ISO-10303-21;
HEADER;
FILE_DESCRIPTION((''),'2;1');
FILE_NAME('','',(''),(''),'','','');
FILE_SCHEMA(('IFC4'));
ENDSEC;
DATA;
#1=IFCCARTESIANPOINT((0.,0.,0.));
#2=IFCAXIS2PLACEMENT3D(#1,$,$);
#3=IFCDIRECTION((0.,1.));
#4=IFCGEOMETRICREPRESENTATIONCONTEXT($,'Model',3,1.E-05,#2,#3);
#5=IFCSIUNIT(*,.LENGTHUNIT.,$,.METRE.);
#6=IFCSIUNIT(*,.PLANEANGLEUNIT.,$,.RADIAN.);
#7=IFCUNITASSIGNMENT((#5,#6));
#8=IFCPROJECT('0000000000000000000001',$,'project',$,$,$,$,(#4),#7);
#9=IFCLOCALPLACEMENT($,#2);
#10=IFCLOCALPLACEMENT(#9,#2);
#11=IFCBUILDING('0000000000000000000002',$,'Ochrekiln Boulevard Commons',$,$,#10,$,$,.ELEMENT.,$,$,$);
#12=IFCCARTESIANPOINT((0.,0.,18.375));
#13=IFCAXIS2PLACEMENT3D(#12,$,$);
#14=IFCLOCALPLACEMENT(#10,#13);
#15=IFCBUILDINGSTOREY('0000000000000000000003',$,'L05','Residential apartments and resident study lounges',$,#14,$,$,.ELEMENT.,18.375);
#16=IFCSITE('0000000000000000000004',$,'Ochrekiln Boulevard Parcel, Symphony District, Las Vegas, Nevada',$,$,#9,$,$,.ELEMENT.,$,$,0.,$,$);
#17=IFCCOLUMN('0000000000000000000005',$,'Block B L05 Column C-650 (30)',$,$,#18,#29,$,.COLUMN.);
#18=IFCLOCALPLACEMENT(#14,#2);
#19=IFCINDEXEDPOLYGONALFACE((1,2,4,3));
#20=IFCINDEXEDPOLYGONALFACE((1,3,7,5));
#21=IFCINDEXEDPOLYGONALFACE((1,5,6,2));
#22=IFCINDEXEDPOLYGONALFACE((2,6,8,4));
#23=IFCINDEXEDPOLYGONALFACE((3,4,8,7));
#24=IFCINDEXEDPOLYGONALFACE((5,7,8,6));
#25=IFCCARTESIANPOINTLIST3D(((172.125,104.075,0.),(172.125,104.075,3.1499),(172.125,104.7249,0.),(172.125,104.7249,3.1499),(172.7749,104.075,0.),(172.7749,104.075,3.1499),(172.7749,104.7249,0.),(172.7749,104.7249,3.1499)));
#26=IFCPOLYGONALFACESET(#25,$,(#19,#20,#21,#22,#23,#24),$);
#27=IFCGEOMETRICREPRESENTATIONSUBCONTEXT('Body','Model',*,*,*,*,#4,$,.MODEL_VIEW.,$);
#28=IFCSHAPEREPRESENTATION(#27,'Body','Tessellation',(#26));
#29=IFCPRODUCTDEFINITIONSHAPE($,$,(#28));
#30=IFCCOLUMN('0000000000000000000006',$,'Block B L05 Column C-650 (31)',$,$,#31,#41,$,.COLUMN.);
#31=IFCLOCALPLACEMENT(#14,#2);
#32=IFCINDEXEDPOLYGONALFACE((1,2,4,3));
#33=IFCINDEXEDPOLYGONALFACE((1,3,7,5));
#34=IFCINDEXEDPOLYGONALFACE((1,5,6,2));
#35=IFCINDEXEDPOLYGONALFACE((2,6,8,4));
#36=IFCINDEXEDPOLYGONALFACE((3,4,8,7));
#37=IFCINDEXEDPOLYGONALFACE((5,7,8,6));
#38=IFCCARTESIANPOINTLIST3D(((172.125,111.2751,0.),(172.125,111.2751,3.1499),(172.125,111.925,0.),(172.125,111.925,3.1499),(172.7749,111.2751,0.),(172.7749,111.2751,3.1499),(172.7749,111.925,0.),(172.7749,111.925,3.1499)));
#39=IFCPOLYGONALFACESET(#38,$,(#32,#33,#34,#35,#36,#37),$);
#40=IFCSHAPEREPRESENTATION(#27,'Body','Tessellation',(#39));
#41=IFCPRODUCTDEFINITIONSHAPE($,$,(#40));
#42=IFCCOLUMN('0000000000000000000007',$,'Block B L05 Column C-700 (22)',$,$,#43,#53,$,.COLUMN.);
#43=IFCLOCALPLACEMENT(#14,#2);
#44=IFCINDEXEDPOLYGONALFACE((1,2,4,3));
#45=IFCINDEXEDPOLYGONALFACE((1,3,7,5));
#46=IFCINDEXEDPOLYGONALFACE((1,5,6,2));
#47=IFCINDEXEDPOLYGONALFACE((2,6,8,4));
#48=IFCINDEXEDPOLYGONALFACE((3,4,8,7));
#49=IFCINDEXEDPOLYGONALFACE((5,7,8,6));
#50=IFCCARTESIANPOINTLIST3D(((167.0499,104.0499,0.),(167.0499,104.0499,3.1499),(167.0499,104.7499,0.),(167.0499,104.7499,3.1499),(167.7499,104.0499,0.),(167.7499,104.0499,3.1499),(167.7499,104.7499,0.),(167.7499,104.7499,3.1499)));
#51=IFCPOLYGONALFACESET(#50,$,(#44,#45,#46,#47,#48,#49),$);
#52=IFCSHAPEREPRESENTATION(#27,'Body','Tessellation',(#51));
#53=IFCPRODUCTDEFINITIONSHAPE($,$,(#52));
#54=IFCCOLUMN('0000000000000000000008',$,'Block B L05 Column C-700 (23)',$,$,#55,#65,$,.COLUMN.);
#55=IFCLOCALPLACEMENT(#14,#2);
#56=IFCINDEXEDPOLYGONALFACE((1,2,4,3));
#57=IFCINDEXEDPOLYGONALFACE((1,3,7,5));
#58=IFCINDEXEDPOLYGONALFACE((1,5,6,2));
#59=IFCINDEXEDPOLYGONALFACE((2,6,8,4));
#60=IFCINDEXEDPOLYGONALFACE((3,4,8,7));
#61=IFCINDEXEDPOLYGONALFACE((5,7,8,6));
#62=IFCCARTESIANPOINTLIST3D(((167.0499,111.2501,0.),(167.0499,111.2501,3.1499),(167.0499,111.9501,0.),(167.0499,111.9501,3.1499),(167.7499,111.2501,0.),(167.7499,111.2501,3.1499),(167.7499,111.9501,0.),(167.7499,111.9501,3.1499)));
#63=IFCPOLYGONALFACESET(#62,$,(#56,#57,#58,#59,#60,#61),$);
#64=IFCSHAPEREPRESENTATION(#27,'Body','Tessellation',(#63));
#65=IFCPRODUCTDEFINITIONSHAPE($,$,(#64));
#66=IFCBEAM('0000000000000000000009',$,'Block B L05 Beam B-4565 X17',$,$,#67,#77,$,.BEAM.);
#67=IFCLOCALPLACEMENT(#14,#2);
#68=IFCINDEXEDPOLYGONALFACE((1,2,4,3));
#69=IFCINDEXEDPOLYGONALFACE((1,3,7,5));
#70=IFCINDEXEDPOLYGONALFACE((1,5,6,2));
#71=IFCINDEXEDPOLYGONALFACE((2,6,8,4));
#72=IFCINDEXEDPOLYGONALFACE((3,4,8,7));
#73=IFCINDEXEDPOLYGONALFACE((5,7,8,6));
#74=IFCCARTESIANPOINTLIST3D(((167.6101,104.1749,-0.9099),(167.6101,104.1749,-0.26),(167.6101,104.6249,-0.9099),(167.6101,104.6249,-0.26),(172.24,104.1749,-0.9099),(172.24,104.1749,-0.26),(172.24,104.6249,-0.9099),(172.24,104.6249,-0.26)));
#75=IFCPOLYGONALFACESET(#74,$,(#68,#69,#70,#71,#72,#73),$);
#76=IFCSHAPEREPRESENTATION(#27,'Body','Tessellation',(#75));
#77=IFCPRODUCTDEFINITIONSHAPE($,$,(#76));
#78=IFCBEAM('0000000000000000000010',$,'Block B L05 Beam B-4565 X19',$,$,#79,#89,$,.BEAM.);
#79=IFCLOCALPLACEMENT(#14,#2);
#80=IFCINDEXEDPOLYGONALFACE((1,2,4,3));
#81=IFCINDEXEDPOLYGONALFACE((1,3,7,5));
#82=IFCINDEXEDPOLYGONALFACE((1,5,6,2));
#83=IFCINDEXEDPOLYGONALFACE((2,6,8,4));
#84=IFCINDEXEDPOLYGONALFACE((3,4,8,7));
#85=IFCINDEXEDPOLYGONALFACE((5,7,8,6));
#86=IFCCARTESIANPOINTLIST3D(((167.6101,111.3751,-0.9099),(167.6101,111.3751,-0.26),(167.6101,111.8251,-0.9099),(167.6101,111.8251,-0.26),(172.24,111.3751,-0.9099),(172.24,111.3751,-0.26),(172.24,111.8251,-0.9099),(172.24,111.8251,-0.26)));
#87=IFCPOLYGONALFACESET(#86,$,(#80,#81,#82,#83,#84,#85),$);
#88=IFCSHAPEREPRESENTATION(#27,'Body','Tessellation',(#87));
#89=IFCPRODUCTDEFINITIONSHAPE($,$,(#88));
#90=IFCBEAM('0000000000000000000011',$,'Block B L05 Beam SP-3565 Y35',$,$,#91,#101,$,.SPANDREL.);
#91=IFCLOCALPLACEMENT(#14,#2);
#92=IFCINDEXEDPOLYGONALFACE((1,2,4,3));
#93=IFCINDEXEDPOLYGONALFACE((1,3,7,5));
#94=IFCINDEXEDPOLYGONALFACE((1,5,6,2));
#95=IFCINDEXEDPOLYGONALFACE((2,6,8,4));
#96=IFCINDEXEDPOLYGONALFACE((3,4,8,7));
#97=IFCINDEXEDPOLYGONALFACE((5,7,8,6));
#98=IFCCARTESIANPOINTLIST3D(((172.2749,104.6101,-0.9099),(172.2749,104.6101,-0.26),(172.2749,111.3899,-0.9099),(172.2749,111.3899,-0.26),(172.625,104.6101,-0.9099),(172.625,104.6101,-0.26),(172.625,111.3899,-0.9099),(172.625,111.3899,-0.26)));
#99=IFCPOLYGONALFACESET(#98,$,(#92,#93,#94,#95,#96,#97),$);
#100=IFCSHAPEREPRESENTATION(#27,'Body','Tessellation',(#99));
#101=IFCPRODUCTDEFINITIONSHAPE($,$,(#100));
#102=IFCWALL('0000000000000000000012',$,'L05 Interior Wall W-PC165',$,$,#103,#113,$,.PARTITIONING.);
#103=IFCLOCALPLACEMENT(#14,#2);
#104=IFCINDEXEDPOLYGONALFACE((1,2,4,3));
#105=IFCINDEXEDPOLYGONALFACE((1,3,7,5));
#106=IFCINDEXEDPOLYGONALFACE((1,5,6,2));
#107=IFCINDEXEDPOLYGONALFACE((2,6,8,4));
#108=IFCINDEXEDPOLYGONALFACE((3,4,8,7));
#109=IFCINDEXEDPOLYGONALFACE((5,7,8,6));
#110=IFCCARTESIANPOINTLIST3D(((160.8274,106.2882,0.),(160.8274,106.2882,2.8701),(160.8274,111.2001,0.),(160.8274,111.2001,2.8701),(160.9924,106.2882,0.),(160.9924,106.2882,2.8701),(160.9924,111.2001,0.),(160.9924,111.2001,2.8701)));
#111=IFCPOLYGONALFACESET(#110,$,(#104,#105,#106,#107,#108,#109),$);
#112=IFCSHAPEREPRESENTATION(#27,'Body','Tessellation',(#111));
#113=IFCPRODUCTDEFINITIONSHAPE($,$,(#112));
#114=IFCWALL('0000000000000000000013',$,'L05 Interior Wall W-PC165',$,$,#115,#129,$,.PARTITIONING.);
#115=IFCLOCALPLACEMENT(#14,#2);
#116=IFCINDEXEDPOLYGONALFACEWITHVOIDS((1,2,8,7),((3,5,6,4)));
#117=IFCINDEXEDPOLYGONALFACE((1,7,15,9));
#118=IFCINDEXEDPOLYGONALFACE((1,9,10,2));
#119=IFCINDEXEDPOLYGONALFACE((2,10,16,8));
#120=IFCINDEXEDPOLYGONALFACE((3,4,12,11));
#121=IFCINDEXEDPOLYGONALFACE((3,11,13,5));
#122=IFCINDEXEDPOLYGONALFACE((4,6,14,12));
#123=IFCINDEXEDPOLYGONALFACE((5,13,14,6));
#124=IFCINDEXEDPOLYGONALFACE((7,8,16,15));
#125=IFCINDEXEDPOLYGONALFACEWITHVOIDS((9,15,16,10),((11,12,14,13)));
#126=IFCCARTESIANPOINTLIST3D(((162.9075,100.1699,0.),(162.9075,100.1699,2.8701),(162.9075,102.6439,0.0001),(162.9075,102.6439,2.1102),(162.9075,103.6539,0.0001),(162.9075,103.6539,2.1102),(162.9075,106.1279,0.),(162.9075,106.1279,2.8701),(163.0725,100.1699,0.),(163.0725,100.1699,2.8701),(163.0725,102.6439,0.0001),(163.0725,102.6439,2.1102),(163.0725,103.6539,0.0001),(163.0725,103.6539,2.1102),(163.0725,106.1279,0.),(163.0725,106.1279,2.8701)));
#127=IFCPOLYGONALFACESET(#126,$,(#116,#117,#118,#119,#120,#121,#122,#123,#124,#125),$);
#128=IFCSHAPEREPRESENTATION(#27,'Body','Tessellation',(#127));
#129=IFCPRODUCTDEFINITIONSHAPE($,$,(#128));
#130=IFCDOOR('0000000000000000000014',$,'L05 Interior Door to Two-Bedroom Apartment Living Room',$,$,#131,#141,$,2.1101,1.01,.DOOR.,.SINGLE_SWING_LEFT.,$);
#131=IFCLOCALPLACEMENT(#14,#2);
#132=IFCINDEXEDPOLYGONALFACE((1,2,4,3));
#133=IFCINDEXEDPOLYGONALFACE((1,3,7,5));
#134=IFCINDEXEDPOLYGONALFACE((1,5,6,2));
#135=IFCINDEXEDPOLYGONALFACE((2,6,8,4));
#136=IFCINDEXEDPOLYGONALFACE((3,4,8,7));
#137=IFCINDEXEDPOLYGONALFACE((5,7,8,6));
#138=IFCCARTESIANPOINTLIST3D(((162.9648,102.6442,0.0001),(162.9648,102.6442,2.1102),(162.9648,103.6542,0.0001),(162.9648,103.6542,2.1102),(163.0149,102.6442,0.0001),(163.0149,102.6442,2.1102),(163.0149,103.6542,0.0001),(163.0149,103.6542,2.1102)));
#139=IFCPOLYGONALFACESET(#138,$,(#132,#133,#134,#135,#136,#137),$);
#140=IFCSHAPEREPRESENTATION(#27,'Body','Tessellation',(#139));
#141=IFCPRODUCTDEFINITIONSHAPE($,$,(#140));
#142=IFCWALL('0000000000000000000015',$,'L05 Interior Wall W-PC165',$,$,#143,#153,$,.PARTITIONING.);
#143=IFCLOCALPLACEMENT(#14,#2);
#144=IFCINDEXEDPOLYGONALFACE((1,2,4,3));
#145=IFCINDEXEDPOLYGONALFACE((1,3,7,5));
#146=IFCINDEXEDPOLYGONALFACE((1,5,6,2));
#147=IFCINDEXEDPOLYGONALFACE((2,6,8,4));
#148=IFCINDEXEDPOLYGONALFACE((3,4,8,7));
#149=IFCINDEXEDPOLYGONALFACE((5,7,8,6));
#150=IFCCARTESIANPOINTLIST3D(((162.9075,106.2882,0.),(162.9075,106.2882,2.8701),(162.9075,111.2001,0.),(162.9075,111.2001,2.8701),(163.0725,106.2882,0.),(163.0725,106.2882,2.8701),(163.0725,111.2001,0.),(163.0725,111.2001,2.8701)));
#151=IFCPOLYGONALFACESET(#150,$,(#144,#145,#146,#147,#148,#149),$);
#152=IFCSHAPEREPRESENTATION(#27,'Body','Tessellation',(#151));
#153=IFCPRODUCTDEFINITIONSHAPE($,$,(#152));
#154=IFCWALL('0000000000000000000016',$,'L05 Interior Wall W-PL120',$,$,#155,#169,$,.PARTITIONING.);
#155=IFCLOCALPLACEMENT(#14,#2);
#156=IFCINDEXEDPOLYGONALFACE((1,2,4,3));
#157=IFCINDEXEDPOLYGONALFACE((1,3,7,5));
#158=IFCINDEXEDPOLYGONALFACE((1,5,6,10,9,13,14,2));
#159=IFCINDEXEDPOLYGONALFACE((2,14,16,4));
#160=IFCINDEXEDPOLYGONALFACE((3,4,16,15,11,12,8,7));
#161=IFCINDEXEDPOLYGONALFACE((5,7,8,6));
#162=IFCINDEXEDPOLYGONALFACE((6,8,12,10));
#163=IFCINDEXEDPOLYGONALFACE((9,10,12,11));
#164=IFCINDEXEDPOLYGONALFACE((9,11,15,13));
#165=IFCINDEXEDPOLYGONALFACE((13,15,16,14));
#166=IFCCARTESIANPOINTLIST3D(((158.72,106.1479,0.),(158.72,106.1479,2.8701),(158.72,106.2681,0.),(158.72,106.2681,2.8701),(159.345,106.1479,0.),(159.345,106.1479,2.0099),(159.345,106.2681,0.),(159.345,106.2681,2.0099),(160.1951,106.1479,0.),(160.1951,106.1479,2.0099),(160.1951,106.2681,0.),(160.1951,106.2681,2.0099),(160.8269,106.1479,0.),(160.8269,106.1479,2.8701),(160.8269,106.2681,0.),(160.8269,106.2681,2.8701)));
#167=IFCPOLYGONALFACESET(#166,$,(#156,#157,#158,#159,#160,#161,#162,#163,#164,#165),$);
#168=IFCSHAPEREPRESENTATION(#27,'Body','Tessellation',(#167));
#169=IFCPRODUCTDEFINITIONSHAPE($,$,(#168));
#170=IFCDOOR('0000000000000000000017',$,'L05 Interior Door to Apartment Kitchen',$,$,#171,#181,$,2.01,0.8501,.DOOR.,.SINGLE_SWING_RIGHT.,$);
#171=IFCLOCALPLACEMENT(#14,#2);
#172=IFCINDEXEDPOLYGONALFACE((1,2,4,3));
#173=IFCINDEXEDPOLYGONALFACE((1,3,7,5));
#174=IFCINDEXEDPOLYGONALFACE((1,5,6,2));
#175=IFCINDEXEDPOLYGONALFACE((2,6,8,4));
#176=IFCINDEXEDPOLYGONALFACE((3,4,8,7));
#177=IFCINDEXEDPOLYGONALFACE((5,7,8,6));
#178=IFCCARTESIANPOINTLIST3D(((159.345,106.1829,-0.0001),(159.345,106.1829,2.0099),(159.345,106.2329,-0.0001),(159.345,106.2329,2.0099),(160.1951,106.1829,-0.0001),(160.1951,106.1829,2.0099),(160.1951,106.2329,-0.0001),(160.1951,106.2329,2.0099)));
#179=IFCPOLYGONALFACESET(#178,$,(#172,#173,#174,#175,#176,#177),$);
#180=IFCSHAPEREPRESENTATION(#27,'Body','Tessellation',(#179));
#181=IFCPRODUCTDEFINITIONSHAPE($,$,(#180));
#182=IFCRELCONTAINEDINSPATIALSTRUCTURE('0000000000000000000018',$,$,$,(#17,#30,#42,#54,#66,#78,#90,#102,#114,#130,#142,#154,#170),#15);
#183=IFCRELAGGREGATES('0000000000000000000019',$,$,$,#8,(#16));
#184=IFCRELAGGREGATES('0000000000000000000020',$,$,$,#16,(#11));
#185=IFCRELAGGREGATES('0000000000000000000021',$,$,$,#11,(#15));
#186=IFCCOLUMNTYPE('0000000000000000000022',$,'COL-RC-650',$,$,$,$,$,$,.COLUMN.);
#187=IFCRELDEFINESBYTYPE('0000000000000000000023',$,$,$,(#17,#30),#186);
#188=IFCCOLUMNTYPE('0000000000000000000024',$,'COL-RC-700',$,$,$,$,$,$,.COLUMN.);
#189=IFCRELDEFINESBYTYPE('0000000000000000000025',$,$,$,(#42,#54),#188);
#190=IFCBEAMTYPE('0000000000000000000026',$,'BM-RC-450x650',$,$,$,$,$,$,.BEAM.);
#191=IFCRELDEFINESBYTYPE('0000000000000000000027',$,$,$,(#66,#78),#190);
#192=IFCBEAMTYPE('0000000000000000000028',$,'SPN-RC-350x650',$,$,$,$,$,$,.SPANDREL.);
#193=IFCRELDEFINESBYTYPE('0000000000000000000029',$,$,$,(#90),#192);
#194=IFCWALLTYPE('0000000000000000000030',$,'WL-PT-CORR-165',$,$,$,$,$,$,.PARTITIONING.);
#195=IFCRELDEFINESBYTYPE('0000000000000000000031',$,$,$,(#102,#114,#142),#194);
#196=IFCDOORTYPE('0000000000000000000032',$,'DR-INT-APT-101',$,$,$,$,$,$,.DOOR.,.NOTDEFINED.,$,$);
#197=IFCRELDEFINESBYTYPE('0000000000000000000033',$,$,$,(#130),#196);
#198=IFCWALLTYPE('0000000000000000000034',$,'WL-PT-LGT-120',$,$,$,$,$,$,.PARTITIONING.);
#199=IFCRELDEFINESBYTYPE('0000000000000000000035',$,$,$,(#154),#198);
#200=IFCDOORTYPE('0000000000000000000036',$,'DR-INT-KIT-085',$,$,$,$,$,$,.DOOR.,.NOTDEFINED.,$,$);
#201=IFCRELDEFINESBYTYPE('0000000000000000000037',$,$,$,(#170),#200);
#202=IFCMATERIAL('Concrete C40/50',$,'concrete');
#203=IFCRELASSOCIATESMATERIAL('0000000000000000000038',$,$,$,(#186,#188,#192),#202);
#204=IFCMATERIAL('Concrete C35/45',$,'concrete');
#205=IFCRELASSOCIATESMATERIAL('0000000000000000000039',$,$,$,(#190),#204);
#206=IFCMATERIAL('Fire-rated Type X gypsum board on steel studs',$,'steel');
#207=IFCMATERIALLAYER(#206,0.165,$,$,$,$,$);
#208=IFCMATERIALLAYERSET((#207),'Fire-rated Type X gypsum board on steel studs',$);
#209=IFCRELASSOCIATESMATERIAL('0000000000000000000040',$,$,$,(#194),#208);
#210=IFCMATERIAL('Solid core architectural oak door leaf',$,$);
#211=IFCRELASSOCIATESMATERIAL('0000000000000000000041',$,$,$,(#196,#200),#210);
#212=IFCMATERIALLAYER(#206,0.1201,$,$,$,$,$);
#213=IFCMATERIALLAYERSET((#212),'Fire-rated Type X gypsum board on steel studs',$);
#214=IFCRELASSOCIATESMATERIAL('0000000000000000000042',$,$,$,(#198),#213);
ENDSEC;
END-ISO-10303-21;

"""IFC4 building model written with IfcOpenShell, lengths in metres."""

from ifc_helpers import new_model, si_unit, direction, frame, frame_2d, origin, origin_2d, place, context, subcontext, project, spatial, rectangle, extrude, material, layer, layer_set, material_profile, profile_set, type_object, element, fill, save


model = new_model("IFC4")

# Units and contexts
model_context = context("Model", 3, precision=1e-05, world=origin(), true_north=direction((0.0, 1.0)))
body_context = subcontext(model_context, "Body", "Model", "MODEL_VIEW")
ifc_project = project(units=[si_unit("LENGTHUNIT", "METRE"), si_unit("PLANEANGLEUNIT", "RADIAN")], contexts=[model_context])

# Site, building, storey
site_placement = place(None, origin())
site = spatial("IfcSite", under=ifc_project, at=site_placement, Name="Ochrekiln Boulevard Parcel, Symphony District, Las Vegas, Nevada", CompositionType="ELEMENT", RefElevation=0.0)
building_placement = place(site_placement, origin())
building = spatial("IfcBuilding", under=site, at=building_placement, Name="Ochrekiln Boulevard Commons", CompositionType="ELEMENT")
storey_placement = place(building_placement, frame((0.0, 0.0, 18.375)))
storey = spatial("IfcBuildingStorey", under=building, at=storey_placement, Name="L05", Description="Residential apartments and resident study lounges", CompositionType="ELEMENT", Elevation=18.375)

# Columns
ifc_material_1 = material(Name="Concrete C40/50", Category="concrete")
ifc_material_profile_1 = material_profile(ifc_material_1, rectangle(XDim=0.6499, YDim=0.6499, at=origin_2d()), Name="RC-COL-650x650")
ifc_profile_set_1 = profile_set([ifc_material_profile_1], Name="Concrete C40/50")
column_type_1 = type_object("IfcColumnType", Name="COL-RC-650", PredefinedType="COLUMN", material=ifc_profile_set_1)
for number, where, z_axis, x_axis, name in (
    (1, (172.45, 104.3999, 0.0), (0.0, 0.0, 1.0), (1.0, 0.0, 0.0), "Block B L05 Column C-650 (30)"),
    (2, (172.45, 111.6001, 0.0), (0.0, 0.0, 1.0), (1.0, 0.0, 0.0), "Block B L05 Column C-650 (31)"),
):
    element("IfcColumn", number, at=place(storey_placement, frame(where, z_axis=z_axis, x_axis=x_axis)), inside=storey, type_object=column_type_1, Name=name, PredefinedType="COLUMN", context=body_context, shape_type="SweptSolid", body=[
        extrude(rectangle(XDim=0.6499, YDim=0.6499, at=origin_2d()), origin(), (0.0, 0.0, 1.0), 3.1499),
    ])
ifc_material_profile_2 = material_profile(ifc_material_1, rectangle(XDim=0.7, YDim=0.7, at=origin_2d()), Name="RC-COL-700x700")
ifc_profile_set_2 = profile_set([ifc_material_profile_2], Name="Concrete C40/50")
column_type_2 = type_object("IfcColumnType", Name="COL-RC-700", PredefinedType="COLUMN", material=ifc_profile_set_2)
for number, where, z_axis, x_axis, name in (
    (3, (167.3999, 104.3999, 0.0), (0.0, 0.0, 1.0), (1.0, 0.0, 0.0), "Block B L05 Column C-700 (22)"),
    (4, (167.3999, 111.6001, 0.0), (0.0, 0.0, 1.0), (1.0, 0.0, 0.0), "Block B L05 Column C-700 (23)"),
):
    element("IfcColumn", number, at=place(storey_placement, frame(where, z_axis=z_axis, x_axis=x_axis)), inside=storey, type_object=column_type_2, Name=name, PredefinedType="COLUMN", context=body_context, shape_type="SweptSolid", body=[
        extrude(rectangle(XDim=0.7, YDim=0.7, at=origin_2d()), origin(), (0.0, 0.0, 1.0), 3.1499),
    ])

# Beams
ifc_material_2 = material(Name="Concrete C35/45", Category="concrete")
ifc_material_profile_3 = material_profile(ifc_material_2, rectangle(XDim=0.45, YDim=0.6499, at=origin_2d()), Name="RC-BM-450x650")
ifc_profile_set_3 = profile_set([ifc_material_profile_3], Name="Concrete C35/45")
beam_type_1 = type_object("IfcBeamType", Name="BM-RC-450x650", PredefinedType="BEAM", material=ifc_profile_set_3)
for number, where, z_axis, x_axis, name in (
    (5, (167.6101, 104.3999, -0.585), (1.0, 0.0, 0.0), (0.0, 1.0, 0.0), "Block B L05 Beam B-4565 X17"),
    (6, (167.6101, 111.6001, -0.585), (1.0, 0.0, 0.0), (0.0, 1.0, 0.0), "Block B L05 Beam B-4565 X19"),
):
    element("IfcBeam", number, at=place(storey_placement, frame(where, z_axis=z_axis, x_axis=x_axis)), inside=storey, type_object=beam_type_1, Name=name, PredefinedType="BEAM", context=body_context, shape_type="SweptSolid", body=[
        extrude(rectangle(XDim=0.45, YDim=0.6499, at=origin_2d()), origin(), (0.0, 0.0, 1.0), 4.6299),
    ])
ifc_material_profile_4 = material_profile(ifc_material_1, rectangle(XDim=0.3501, YDim=0.6499, at=origin_2d()), Name="RC-SPN-350x650")
ifc_profile_set_4 = profile_set([ifc_material_profile_4], Name="Concrete C40/50")
beam_type_2 = type_object("IfcBeamType", Name="SPN-RC-350x650", PredefinedType="SPANDREL", material=ifc_profile_set_4)
beam_placement = place(storey_placement, frame((172.45, 104.6101, -0.585), z_axis=(0.0, 1.0, 0.0), x_axis=(-1.0, 0.0, 0.0)))
element("IfcBeam", 7, at=beam_placement, inside=storey, type_object=beam_type_2, Name="Block B L05 Beam SP-3565 Y35", PredefinedType="SPANDREL", context=body_context, shape_type="SweptSolid", body=[
    extrude(rectangle(XDim=0.3501, YDim=0.6499, at=origin_2d()), origin(), (0.0, 0.0, 1.0), 6.7798),
])

# Wall
ifc_material_3 = material(Name="Fire-rated Type X gypsum board on steel studs", Category="steel")
ifc_layer_1 = layer(ifc_material_3, 0.165)
ifc_layer_set_1 = layer_set([ifc_layer_1], Name="Fire-rated Type X gypsum board on steel studs")
wall_type_1 = type_object("IfcWallType", Name="WL-PT-CORR-165", PredefinedType="PARTITIONING", material=ifc_layer_set_1)
wall_1_placement = place(storey_placement, frame((160.9099, 106.2881, 0.0), z_axis=(0.0, 0.0, 1.0), x_axis=(0.0, 1.0, 0.0)))
element("IfcWall", 8, at=wall_1_placement, inside=storey, type_object=wall_type_1, Name="L05 Interior Wall W-PC165", PredefinedType="PARTITIONING", context=body_context, shape_type="SweptSolid", body=[
    extrude(rectangle(XDim=4.9119, YDim=0.165, at=frame_2d((2.4561, 0.0))), origin(), (0.0, 0.0, 1.0), 2.8701),
])

# Wall, opening, door
wall_2_placement = place(storey_placement, frame((162.99, 100.1699, 0.0), z_axis=(0.0, 0.0, 1.0), x_axis=(0.0, 1.0, 0.0)))
wall_2 = element("IfcWall", 9, at=wall_2_placement, inside=storey, type_object=wall_type_1, Name="L05 Interior Wall W-PC165", PredefinedType="PARTITIONING", context=body_context, shape_type="SweptSolid", body=[
    extrude(rectangle(XDim=5.958, YDim=0.165, at=frame_2d((2.979, 0.0))), origin(), (0.0, 0.0, 1.0), 2.8701),
])
opening_1_placement = place(wall_2_placement, frame((2.4741, 0.0, 0.0)))
opening_1 = element("IfcOpeningElement", 10, at=opening_1_placement, cuts=wall_2, PredefinedType="OPENING", context=body_context, shape_type="SweptSolid", body=[
    extrude(rectangle(XDim=1.01, YDim=2.1101, at=frame_2d((0.5049, 1.0552))), frame((0.0, 0.0925, 0.0), z_axis=(0.0, -1.0, 0.0), x_axis=(1.0, 0.0, 0.0)), (0.0, 0.0, 1.0), 0.1851),
])
ifc_material_4 = material(Name="Solid core architectural oak door leaf")
door_type_1 = type_object("IfcDoorType", Name="DR-INT-APT-101", OperationType="NOTDEFINED", PredefinedType="DOOR", material=ifc_material_4)
door_1_placement = place(opening_1_placement, frame((1.01, 0.0, 0.0), z_axis=(0.0, 0.0, 1.0), x_axis=(-1.0, 0.0, 0.0)))
door_1 = element("IfcDoor", 11, at=door_1_placement, inside=storey, type_object=door_type_1, Name="L05 Interior Door to Two-Bedroom Apartment Living Room", OperationType="SINGLE_SWING_LEFT", OverallHeight=2.1101, OverallWidth=1.01, PredefinedType="DOOR", context=body_context, shape_type="SweptSolid", body=[
    extrude(rectangle(XDim=1.01, YDim=2.1101, at=frame_2d((0.5049, 1.0552))), frame((0.0, 0.0249, 0.0), z_axis=(0.0, -1.0, 0.0), x_axis=(1.0, 0.0, 0.0)), (0.0, 0.0, 1.0), 0.05),
])
fill(opening_1, door_1)

# Wall
wall_3_placement = place(storey_placement, frame((162.99, 106.2881, 0.0), z_axis=(0.0, 0.0, 1.0), x_axis=(0.0, 1.0, 0.0)))
element("IfcWall", 12, at=wall_3_placement, inside=storey, type_object=wall_type_1, Name="L05 Interior Wall W-PC165", PredefinedType="PARTITIONING", context=body_context, shape_type="SweptSolid", body=[
    extrude(rectangle(XDim=4.9119, YDim=0.165, at=frame_2d((2.4561, 0.0))), origin(), (0.0, 0.0, 1.0), 2.8701),
])

# Wall, opening, door
ifc_layer_2 = layer(ifc_material_3, 0.1201)
ifc_layer_set_2 = layer_set([ifc_layer_2], Name="Fire-rated Type X gypsum board on steel studs")
wall_type_2 = type_object("IfcWallType", Name="WL-PT-LGT-120", PredefinedType="PARTITIONING", material=ifc_layer_set_2)
wall_4_placement = place(storey_placement, frame((158.72, 106.208, 0.0), z_axis=(0.0, 0.0, 1.0), x_axis=(1.0, 0.0, 0.0)))
wall_4 = element("IfcWall", 13, at=wall_4_placement, inside=storey, type_object=wall_type_2, Name="L05 Interior Wall W-PL120", PredefinedType="PARTITIONING", context=body_context, shape_type="SweptSolid", body=[
    extrude(rectangle(XDim=2.1069, YDim=0.1201, at=frame_2d((1.0535, 0.0))), origin(), (0.0, 0.0, 1.0), 2.8701),
])
opening_2_placement = place(wall_4_placement, frame((0.625, 0.0, 0.0)))
opening_2 = element("IfcOpeningElement", 14, at=opening_2_placement, cuts=wall_4, PredefinedType="OPENING", context=body_context, shape_type="SweptSolid", body=[
    extrude(rectangle(XDim=0.8501, YDim=2.01, at=frame_2d((0.425, 1.0049))), frame((0.0, 0.0701, 0.0), z_axis=(0.0, -1.0, 0.0), x_axis=(1.0, 0.0, 0.0)), (0.0, 0.0, 1.0), 0.1401),
])
door_type_2 = type_object("IfcDoorType", Name="DR-INT-KIT-085", OperationType="NOTDEFINED", PredefinedType="DOOR", material=ifc_material_4)
door_2_placement = place(opening_2_placement, origin())
door_2 = element("IfcDoor", 15, at=door_2_placement, inside=storey, type_object=door_type_2, Name="L05 Interior Door to Apartment Kitchen", OperationType="SINGLE_SWING_RIGHT", OverallHeight=2.01, OverallWidth=0.8501, PredefinedType="DOOR", context=body_context, shape_type="SweptSolid", body=[
    extrude(rectangle(XDim=0.8501, YDim=2.01, at=frame_2d((0.425, 1.0049))), frame((0.0, 0.0249, 0.0), z_axis=(0.0, -1.0, 0.0), x_axis=(1.0, 0.0, 0.0)), (0.0, 0.0, 1.0), 0.05),
])
fill(opening_2, door_2)

save(model, "model.ifc")
